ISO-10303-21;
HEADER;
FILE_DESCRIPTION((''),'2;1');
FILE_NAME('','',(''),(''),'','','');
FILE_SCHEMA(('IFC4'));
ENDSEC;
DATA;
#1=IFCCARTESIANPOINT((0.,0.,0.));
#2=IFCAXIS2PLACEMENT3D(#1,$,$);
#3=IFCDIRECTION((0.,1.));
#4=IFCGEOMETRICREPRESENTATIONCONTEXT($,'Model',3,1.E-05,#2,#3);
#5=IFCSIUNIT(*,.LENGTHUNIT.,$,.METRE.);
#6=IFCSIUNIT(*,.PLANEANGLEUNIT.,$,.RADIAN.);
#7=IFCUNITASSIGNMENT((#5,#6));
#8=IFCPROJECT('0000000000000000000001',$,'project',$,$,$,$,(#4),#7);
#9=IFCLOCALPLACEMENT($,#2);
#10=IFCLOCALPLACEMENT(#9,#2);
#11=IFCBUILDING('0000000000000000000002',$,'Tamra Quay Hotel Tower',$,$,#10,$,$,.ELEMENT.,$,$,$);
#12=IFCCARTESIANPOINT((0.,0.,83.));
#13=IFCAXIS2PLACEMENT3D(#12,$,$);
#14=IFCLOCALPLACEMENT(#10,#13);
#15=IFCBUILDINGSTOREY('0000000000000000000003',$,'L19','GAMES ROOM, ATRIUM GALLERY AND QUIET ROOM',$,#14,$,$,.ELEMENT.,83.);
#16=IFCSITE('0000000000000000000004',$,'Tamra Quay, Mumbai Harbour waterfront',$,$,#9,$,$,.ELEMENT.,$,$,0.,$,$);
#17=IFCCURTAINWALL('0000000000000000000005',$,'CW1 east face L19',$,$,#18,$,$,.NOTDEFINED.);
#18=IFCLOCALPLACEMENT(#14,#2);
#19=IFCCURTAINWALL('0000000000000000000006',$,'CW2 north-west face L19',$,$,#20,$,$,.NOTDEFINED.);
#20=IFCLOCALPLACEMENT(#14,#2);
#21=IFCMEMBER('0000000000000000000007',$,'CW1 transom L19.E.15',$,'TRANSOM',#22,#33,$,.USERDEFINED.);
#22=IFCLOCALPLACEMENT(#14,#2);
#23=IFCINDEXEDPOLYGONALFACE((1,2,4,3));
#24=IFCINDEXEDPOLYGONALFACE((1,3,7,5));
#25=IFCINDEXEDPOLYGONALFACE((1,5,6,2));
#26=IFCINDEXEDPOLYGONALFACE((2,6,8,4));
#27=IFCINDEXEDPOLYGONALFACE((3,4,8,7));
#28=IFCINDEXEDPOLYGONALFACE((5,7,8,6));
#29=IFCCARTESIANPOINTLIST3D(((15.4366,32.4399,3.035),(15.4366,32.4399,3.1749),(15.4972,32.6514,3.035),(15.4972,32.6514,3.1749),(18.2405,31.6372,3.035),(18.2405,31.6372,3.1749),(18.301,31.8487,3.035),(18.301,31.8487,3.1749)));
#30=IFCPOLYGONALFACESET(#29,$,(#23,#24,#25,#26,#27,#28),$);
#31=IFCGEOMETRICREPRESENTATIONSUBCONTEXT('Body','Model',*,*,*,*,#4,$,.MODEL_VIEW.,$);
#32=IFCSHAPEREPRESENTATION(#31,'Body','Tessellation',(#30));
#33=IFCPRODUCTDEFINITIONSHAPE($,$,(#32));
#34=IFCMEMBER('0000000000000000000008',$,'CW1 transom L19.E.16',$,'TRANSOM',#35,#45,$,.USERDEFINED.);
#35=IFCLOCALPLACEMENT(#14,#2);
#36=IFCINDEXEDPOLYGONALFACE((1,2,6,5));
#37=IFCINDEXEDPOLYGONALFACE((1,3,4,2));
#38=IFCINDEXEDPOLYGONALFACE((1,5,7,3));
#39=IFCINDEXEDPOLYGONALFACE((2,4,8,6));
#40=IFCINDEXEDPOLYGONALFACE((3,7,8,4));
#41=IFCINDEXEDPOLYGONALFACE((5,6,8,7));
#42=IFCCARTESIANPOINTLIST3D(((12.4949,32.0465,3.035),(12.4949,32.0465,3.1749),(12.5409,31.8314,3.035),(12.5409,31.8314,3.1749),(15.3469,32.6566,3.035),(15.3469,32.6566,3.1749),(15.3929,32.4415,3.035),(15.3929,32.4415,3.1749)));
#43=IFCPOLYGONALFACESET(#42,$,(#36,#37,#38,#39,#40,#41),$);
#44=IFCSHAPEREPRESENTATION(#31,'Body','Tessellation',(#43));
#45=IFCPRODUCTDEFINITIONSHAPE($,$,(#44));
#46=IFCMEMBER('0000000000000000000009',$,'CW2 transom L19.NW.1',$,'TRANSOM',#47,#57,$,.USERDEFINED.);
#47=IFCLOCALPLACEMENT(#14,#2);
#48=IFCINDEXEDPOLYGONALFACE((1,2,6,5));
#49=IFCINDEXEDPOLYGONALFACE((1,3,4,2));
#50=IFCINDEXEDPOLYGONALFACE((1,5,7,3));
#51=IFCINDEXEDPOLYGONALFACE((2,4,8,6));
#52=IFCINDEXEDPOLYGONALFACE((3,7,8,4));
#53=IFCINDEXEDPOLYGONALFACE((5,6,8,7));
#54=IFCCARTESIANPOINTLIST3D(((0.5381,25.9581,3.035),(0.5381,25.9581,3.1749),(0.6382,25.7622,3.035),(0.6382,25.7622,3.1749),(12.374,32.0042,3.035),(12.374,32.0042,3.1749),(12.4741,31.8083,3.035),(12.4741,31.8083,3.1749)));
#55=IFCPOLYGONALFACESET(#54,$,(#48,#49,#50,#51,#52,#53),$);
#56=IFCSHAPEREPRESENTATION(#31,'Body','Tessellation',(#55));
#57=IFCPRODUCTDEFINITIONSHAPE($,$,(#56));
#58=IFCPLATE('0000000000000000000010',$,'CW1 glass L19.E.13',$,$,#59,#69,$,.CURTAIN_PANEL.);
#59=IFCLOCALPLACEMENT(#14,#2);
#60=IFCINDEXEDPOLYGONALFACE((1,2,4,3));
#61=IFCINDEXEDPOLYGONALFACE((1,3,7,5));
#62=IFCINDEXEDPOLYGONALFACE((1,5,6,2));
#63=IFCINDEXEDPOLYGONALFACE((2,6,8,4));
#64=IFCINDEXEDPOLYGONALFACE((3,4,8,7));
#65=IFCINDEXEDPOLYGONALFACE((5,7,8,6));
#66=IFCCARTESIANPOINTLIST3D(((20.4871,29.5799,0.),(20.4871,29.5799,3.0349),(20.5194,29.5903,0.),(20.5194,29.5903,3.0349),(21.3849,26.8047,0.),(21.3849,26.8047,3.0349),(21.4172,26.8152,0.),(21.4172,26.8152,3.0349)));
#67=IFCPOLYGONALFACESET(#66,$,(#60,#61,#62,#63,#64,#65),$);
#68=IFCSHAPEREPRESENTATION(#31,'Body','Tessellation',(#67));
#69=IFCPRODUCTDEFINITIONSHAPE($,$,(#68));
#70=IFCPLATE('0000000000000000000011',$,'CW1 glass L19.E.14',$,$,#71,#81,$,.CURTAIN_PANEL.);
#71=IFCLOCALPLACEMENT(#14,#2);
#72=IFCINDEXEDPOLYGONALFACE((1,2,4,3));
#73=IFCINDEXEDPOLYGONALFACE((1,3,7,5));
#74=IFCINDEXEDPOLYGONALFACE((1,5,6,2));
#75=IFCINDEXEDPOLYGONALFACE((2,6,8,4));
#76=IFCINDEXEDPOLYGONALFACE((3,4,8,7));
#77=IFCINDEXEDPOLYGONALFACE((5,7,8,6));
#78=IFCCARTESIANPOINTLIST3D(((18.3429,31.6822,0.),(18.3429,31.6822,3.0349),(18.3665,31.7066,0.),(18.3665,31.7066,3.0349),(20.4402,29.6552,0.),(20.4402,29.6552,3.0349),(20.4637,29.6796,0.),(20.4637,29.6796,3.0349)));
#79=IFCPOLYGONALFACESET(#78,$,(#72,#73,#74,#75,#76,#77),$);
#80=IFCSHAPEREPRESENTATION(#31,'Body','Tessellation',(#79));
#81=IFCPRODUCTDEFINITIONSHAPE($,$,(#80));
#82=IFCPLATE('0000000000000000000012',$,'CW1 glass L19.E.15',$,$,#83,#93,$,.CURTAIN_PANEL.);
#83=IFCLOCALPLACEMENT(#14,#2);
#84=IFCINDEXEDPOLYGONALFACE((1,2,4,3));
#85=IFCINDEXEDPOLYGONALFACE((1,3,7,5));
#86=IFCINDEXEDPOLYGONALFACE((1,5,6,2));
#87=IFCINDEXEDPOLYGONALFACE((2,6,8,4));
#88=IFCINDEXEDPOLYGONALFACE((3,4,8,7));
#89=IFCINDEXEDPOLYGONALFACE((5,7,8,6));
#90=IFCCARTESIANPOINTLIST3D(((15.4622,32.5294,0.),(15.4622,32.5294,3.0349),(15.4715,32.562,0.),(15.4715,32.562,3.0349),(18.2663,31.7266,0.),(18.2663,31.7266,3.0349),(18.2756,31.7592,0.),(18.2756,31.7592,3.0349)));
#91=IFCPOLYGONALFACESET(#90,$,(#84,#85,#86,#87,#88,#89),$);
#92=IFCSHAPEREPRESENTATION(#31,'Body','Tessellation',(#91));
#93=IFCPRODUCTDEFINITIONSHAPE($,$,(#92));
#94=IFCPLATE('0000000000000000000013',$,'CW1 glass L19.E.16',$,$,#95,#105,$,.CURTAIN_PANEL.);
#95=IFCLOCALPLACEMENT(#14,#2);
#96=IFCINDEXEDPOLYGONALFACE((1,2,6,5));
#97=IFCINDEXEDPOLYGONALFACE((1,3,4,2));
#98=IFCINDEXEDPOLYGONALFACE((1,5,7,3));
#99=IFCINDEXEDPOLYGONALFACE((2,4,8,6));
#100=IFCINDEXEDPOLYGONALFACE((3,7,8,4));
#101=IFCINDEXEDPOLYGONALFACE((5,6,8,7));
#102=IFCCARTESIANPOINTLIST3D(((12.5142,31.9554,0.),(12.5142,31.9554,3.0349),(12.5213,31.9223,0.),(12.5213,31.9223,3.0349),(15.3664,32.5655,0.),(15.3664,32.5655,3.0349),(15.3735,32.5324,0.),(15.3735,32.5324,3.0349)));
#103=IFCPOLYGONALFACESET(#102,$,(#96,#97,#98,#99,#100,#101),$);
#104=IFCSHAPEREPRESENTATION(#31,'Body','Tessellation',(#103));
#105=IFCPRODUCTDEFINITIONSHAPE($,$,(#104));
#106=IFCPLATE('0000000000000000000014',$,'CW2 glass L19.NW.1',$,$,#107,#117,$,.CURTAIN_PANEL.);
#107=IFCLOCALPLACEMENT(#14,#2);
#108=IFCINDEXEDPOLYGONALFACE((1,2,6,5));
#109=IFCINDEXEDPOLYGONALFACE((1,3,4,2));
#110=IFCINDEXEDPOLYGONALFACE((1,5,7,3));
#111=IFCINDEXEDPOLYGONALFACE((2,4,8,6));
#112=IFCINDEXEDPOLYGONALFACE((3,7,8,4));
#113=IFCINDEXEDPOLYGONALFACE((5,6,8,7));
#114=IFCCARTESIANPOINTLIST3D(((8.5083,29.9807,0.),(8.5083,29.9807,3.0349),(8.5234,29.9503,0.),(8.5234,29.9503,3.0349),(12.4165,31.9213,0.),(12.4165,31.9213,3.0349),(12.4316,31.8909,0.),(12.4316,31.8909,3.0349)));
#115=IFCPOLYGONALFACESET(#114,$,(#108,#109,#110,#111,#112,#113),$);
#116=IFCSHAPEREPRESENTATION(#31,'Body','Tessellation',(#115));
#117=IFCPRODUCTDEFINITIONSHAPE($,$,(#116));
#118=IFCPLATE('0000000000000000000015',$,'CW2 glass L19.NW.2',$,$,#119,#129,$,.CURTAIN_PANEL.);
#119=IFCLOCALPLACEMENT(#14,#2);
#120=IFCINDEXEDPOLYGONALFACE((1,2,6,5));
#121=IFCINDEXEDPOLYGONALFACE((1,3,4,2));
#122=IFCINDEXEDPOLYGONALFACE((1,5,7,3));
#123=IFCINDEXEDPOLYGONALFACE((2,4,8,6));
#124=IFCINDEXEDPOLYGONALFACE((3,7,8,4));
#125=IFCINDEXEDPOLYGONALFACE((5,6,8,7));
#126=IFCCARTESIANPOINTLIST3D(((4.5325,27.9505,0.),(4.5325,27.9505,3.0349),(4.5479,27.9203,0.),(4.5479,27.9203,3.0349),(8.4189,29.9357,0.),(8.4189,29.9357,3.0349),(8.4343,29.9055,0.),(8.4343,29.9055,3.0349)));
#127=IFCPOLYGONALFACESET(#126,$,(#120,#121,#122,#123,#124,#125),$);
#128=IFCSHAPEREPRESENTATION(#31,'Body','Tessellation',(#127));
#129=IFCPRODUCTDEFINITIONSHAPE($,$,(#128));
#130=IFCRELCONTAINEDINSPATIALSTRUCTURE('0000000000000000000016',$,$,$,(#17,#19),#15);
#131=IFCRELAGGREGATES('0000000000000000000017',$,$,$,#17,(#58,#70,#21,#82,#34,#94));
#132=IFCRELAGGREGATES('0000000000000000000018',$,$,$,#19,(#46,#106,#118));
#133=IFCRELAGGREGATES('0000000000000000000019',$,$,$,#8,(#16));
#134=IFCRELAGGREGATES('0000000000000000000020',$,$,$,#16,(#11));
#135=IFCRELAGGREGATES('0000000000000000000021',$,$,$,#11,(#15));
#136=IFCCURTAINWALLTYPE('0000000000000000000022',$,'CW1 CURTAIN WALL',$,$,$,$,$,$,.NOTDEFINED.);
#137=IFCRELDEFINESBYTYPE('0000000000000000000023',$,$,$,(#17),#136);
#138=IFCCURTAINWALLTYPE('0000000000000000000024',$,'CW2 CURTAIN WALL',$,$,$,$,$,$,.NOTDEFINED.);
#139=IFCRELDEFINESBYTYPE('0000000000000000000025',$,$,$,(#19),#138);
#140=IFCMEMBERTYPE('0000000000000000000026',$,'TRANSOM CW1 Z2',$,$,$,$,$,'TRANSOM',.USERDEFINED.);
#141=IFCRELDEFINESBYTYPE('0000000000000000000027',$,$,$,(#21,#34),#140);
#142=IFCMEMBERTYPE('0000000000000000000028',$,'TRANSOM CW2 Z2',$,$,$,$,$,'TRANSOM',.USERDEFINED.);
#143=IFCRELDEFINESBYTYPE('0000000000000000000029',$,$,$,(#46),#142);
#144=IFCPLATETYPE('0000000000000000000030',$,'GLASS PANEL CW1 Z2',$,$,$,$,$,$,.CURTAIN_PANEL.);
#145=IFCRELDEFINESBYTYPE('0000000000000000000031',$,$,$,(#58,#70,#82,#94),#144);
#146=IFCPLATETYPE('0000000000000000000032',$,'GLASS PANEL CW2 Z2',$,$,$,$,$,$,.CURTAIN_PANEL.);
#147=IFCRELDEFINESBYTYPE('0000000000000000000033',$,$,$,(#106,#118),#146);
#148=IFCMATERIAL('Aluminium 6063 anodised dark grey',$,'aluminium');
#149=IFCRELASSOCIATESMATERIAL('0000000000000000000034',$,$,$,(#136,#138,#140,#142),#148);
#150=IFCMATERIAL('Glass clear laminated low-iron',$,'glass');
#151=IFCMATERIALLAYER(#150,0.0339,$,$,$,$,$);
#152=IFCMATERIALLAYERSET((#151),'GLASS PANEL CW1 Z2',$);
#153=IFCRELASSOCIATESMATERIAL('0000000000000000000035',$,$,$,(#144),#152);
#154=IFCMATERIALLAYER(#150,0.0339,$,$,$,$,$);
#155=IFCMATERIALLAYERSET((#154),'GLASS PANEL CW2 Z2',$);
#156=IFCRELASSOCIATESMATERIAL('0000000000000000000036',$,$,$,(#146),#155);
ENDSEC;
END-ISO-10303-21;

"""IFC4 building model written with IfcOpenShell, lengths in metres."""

from ifc_helpers import new_model, si_unit, direction, frame, origin, origin_2d, place, context, subcontext, project, spatial, rectangle, extrude, material, layer, layer_set, material_profile, profile_set, type_object, element, aggregate, save


model = new_model("IFC4")

# Units and contexts
model_context = context("Model", 3, precision=1e-05, world=origin(), true_north=direction((0.0, 1.0)))
body_context = subcontext(model_context, "Body", "Model", "MODEL_VIEW")
ifc_project = project(units=[si_unit("LENGTHUNIT", "METRE"), si_unit("PLANEANGLEUNIT", "RADIAN")], contexts=[model_context])

# Site, building, storey
site_placement = place(None, origin())
site = spatial("IfcSite", under=ifc_project, at=site_placement, Name="Tamra Quay, Mumbai Harbour waterfront", CompositionType="ELEMENT", RefElevation=0.0)
building_placement = place(site_placement, origin())
building = spatial("IfcBuilding", under=site, at=building_placement, Name="Tamra Quay Hotel Tower", CompositionType="ELEMENT")
storey_placement = place(building_placement, frame((0.0, 0.0, 83.0)))
storey = spatial("IfcBuildingStorey", under=building, at=storey_placement, Name="L19", Description="GAMES ROOM, ATRIUM GALLERY AND QUIET ROOM", CompositionType="ELEMENT", Elevation=83.0)

# Curtain wall
ifc_material_1 = material(Name="Aluminium 6063 anodised dark grey", Category="aluminium")
curtain_wall_type_1 = type_object("IfcCurtainWallType", Name="CW1 CURTAIN WALL", PredefinedType="NOTDEFINED", material=ifc_material_1)
curtain_wall_1_placement = place(storey_placement, origin())
curtain_wall_1 = element("IfcCurtainWall", 1, at=curtain_wall_1_placement, inside=storey, type_object=curtain_wall_type_1, Name="CW1 east face L19", PredefinedType="NOTDEFINED")

# Curtain wall
curtain_wall_type_2 = type_object("IfcCurtainWallType", Name="CW2 CURTAIN WALL", PredefinedType="NOTDEFINED", material=ifc_material_1)
curtain_wall_2_placement = place(storey_placement, origin())
curtain_wall_2 = element("IfcCurtainWall", 2, at=curtain_wall_2_placement, inside=storey, type_object=curtain_wall_type_2, Name="CW2 north-west face L19", PredefinedType="NOTDEFINED")

# Members
ifc_material_profile_1 = material_profile(ifc_material_1, rectangle(XDim=0.22, YDim=0.1399, at=origin_2d()), Name="TRANSOM 220X140")
ifc_profile_set_1 = profile_set([ifc_material_profile_1], Name="Aluminium 6063 anodised dark grey")
member_type_1 = type_object("IfcMemberType", Name="TRANSOM CW1 Z2", ElementType="TRANSOM", PredefinedType="USERDEFINED", material=ifc_profile_set_1)
member_1_placement = place(storey_placement, frame((18.2708, 31.7429, 3.105), z_axis=(-0.961379, 0.27523, 0.0), x_axis=(-0.27523, -0.961379, 0.0)))
member_1 = element("IfcMember", 3, at=member_1_placement, type_object=member_type_1, Name="CW1 transom L19.E.15", ObjectType="TRANSOM", PredefinedType="USERDEFINED", context=body_context, shape_type="SweptSolid", body=[
    extrude(rectangle(XDim=0.22, YDim=0.1399, at=origin_2d()), origin(), (0.0, 0.0, 1.0), 2.9165),
])
member_2_placement = place(storey_placement, frame((15.3699, 32.5491, 3.105), z_axis=(-0.977876, -0.209186, 0.0), x_axis=(0.209186, -0.977876, 0.0)))
member_2 = element("IfcMember", 4, at=member_2_placement, type_object=member_type_1, Name="CW1 transom L19.E.16", ObjectType="TRANSOM", PredefinedType="USERDEFINED", context=body_context, shape_type="SweptSolid", body=[
    extrude(rectangle(XDim=0.22, YDim=0.1399, at=origin_2d()), origin(), (0.0, 0.0, 1.0), 2.9165),
])
ifc_material_profile_2 = material_profile(ifc_material_1, rectangle(XDim=0.22, YDim=0.1399, at=origin_2d()), Name="TRANSOM 220X140")
ifc_profile_set_2 = profile_set([ifc_material_profile_2], Name="Aluminium 6063 anodised dark grey")
member_type_2 = type_object("IfcMemberType", Name="TRANSOM CW2 Z2", ElementType="TRANSOM", PredefinedType="USERDEFINED", material=ifc_profile_set_2)
member_3_placement = place(storey_placement, frame((12.4241, 31.9062, 3.105), z_axis=(-0.890536, -0.454912, 0.0), x_axis=(0.454912, -0.890536, 0.0)))
member_3 = element("IfcMember", 5, at=member_3_placement, type_object=member_type_2, Name="CW2 transom L19.NW.1", ObjectType="TRANSOM", PredefinedType="USERDEFINED", context=body_context, shape_type="SweptSolid", body=[
    extrude(rectangle(XDim=0.22, YDim=0.1399, at=origin_2d()), origin(), (0.0, 0.0, 1.0), 13.2908),
])

# Plates
ifc_material_2 = material(Name="Glass clear laminated low-iron", Category="glass")
ifc_layer_1 = layer(ifc_material_2, 0.0339)
ifc_layer_set_1 = layer_set([ifc_layer_1], Name="GLASS PANEL CW1 Z2")
plate_type_1 = type_object("IfcPlateType", Name="GLASS PANEL CW1 Z2", PredefinedType="CURTAIN_PANEL", material=ifc_layer_set_1)
plate_1_placement = place(storey_placement, frame((20.9521, 28.1975, 0.0), z_axis=(0.0, 0.0, 1.0), x_axis=(-0.307791, 0.951454, 0.0)))
plate_1 = element("IfcPlate", 6, at=plate_1_placement, type_object=plate_type_1, Name="CW1 glass L19.E.13", PredefinedType="CURTAIN_PANEL", context=body_context, shape_type="SweptSolid", body=[
    extrude(rectangle(XDim=2.9167, YDim=0.0339, at=origin_2d()), origin(), (0.0, 0.0, 1.0), 3.0349),
])
plate_2_placement = place(storey_placement, frame((19.4033, 30.6809, 0.0), z_axis=(0.0, 0.0, 1.0), x_axis=(-0.719041, 0.694967, 0.0)))
plate_2 = element("IfcPlate", 7, at=plate_2_placement, type_object=plate_type_1, Name="CW1 glass L19.E.14", PredefinedType="CURTAIN_PANEL", context=body_context, shape_type="SweptSolid", body=[
    extrude(rectangle(XDim=2.9167, YDim=0.0339, at=origin_2d()), origin(), (0.0, 0.0, 1.0), 3.0349),
])
plate_3_placement = place(storey_placement, frame((16.8689, 32.1443, 0.0), z_axis=(0.0, 0.0, 1.0), x_axis=(-0.96138, 0.275224, 0.0)))
plate_3 = element("IfcPlate", 8, at=plate_3_placement, type_object=plate_type_1, Name="CW1 glass L19.E.15", PredefinedType="CURTAIN_PANEL", context=body_context, shape_type="SweptSolid", body=[
    extrude(rectangle(XDim=2.9167, YDim=0.0339, at=origin_2d()), origin(), (0.0, 0.0, 1.0), 3.0349),
])
plate_4_placement = place(storey_placement, frame((13.9438, 32.2439, 0.0), z_axis=(0.0, 0.0, 1.0), x_axis=(-0.977879, -0.209172, 0.0)))
plate_4 = element("IfcPlate", 9, at=plate_4_placement, type_object=plate_type_1, Name="CW1 glass L19.E.16", PredefinedType="CURTAIN_PANEL", context=body_context, shape_type="SweptSolid", body=[
    extrude(rectangle(XDim=2.9167, YDim=0.0339, at=origin_2d()), origin(), (0.0, 0.0, 1.0), 3.0349),
])
aggregate(curtain_wall_1, [plate_1, plate_2, member_1, plate_3, member_2, plate_4])
ifc_layer_2 = layer(ifc_material_2, 0.0339)
ifc_layer_set_2 = layer_set([ifc_layer_2], Name="GLASS PANEL CW2 Z2")
plate_type_2 = type_object("IfcPlateType", Name="GLASS PANEL CW2 Z2", PredefinedType="CURTAIN_PANEL", material=ifc_layer_set_2)
plate_5_placement = place(storey_placement, frame((10.47, 30.9358, 0.0), z_axis=(0.0, 0.0, 1.0), x_axis=(-0.895658, -0.444743, 0.0)))
plate_5 = element("IfcPlate", 10, at=plate_5_placement, type_object=plate_type_2, Name="CW2 glass L19.NW.1", PredefinedType="CURTAIN_PANEL", context=body_context, shape_type="SweptSolid", body=[
    extrude(rectangle(XDim=4.3635, YDim=0.0339, at=origin_2d()), origin(), (0.0, 0.0, 1.0), 3.0349),
])
plate_6_placement = place(storey_placement, frame((6.4834, 28.928, 0.0), z_axis=(0.0, 0.0, 1.0), x_axis=(-0.890544, -0.454896, 0.0)))
plate_6 = element("IfcPlate", 11, at=plate_6_placement, type_object=plate_type_2, Name="CW2 glass L19.NW.2", PredefinedType="CURTAIN_PANEL", context=body_context, shape_type="SweptSolid", body=[
    extrude(rectangle(XDim=4.364, YDim=0.0339, at=origin_2d()), origin(), (0.0, 0.0, 1.0), 3.0349),
])
aggregate(curtain_wall_2, [member_3, plate_5, plate_6])

save(model, "model.ifc")
